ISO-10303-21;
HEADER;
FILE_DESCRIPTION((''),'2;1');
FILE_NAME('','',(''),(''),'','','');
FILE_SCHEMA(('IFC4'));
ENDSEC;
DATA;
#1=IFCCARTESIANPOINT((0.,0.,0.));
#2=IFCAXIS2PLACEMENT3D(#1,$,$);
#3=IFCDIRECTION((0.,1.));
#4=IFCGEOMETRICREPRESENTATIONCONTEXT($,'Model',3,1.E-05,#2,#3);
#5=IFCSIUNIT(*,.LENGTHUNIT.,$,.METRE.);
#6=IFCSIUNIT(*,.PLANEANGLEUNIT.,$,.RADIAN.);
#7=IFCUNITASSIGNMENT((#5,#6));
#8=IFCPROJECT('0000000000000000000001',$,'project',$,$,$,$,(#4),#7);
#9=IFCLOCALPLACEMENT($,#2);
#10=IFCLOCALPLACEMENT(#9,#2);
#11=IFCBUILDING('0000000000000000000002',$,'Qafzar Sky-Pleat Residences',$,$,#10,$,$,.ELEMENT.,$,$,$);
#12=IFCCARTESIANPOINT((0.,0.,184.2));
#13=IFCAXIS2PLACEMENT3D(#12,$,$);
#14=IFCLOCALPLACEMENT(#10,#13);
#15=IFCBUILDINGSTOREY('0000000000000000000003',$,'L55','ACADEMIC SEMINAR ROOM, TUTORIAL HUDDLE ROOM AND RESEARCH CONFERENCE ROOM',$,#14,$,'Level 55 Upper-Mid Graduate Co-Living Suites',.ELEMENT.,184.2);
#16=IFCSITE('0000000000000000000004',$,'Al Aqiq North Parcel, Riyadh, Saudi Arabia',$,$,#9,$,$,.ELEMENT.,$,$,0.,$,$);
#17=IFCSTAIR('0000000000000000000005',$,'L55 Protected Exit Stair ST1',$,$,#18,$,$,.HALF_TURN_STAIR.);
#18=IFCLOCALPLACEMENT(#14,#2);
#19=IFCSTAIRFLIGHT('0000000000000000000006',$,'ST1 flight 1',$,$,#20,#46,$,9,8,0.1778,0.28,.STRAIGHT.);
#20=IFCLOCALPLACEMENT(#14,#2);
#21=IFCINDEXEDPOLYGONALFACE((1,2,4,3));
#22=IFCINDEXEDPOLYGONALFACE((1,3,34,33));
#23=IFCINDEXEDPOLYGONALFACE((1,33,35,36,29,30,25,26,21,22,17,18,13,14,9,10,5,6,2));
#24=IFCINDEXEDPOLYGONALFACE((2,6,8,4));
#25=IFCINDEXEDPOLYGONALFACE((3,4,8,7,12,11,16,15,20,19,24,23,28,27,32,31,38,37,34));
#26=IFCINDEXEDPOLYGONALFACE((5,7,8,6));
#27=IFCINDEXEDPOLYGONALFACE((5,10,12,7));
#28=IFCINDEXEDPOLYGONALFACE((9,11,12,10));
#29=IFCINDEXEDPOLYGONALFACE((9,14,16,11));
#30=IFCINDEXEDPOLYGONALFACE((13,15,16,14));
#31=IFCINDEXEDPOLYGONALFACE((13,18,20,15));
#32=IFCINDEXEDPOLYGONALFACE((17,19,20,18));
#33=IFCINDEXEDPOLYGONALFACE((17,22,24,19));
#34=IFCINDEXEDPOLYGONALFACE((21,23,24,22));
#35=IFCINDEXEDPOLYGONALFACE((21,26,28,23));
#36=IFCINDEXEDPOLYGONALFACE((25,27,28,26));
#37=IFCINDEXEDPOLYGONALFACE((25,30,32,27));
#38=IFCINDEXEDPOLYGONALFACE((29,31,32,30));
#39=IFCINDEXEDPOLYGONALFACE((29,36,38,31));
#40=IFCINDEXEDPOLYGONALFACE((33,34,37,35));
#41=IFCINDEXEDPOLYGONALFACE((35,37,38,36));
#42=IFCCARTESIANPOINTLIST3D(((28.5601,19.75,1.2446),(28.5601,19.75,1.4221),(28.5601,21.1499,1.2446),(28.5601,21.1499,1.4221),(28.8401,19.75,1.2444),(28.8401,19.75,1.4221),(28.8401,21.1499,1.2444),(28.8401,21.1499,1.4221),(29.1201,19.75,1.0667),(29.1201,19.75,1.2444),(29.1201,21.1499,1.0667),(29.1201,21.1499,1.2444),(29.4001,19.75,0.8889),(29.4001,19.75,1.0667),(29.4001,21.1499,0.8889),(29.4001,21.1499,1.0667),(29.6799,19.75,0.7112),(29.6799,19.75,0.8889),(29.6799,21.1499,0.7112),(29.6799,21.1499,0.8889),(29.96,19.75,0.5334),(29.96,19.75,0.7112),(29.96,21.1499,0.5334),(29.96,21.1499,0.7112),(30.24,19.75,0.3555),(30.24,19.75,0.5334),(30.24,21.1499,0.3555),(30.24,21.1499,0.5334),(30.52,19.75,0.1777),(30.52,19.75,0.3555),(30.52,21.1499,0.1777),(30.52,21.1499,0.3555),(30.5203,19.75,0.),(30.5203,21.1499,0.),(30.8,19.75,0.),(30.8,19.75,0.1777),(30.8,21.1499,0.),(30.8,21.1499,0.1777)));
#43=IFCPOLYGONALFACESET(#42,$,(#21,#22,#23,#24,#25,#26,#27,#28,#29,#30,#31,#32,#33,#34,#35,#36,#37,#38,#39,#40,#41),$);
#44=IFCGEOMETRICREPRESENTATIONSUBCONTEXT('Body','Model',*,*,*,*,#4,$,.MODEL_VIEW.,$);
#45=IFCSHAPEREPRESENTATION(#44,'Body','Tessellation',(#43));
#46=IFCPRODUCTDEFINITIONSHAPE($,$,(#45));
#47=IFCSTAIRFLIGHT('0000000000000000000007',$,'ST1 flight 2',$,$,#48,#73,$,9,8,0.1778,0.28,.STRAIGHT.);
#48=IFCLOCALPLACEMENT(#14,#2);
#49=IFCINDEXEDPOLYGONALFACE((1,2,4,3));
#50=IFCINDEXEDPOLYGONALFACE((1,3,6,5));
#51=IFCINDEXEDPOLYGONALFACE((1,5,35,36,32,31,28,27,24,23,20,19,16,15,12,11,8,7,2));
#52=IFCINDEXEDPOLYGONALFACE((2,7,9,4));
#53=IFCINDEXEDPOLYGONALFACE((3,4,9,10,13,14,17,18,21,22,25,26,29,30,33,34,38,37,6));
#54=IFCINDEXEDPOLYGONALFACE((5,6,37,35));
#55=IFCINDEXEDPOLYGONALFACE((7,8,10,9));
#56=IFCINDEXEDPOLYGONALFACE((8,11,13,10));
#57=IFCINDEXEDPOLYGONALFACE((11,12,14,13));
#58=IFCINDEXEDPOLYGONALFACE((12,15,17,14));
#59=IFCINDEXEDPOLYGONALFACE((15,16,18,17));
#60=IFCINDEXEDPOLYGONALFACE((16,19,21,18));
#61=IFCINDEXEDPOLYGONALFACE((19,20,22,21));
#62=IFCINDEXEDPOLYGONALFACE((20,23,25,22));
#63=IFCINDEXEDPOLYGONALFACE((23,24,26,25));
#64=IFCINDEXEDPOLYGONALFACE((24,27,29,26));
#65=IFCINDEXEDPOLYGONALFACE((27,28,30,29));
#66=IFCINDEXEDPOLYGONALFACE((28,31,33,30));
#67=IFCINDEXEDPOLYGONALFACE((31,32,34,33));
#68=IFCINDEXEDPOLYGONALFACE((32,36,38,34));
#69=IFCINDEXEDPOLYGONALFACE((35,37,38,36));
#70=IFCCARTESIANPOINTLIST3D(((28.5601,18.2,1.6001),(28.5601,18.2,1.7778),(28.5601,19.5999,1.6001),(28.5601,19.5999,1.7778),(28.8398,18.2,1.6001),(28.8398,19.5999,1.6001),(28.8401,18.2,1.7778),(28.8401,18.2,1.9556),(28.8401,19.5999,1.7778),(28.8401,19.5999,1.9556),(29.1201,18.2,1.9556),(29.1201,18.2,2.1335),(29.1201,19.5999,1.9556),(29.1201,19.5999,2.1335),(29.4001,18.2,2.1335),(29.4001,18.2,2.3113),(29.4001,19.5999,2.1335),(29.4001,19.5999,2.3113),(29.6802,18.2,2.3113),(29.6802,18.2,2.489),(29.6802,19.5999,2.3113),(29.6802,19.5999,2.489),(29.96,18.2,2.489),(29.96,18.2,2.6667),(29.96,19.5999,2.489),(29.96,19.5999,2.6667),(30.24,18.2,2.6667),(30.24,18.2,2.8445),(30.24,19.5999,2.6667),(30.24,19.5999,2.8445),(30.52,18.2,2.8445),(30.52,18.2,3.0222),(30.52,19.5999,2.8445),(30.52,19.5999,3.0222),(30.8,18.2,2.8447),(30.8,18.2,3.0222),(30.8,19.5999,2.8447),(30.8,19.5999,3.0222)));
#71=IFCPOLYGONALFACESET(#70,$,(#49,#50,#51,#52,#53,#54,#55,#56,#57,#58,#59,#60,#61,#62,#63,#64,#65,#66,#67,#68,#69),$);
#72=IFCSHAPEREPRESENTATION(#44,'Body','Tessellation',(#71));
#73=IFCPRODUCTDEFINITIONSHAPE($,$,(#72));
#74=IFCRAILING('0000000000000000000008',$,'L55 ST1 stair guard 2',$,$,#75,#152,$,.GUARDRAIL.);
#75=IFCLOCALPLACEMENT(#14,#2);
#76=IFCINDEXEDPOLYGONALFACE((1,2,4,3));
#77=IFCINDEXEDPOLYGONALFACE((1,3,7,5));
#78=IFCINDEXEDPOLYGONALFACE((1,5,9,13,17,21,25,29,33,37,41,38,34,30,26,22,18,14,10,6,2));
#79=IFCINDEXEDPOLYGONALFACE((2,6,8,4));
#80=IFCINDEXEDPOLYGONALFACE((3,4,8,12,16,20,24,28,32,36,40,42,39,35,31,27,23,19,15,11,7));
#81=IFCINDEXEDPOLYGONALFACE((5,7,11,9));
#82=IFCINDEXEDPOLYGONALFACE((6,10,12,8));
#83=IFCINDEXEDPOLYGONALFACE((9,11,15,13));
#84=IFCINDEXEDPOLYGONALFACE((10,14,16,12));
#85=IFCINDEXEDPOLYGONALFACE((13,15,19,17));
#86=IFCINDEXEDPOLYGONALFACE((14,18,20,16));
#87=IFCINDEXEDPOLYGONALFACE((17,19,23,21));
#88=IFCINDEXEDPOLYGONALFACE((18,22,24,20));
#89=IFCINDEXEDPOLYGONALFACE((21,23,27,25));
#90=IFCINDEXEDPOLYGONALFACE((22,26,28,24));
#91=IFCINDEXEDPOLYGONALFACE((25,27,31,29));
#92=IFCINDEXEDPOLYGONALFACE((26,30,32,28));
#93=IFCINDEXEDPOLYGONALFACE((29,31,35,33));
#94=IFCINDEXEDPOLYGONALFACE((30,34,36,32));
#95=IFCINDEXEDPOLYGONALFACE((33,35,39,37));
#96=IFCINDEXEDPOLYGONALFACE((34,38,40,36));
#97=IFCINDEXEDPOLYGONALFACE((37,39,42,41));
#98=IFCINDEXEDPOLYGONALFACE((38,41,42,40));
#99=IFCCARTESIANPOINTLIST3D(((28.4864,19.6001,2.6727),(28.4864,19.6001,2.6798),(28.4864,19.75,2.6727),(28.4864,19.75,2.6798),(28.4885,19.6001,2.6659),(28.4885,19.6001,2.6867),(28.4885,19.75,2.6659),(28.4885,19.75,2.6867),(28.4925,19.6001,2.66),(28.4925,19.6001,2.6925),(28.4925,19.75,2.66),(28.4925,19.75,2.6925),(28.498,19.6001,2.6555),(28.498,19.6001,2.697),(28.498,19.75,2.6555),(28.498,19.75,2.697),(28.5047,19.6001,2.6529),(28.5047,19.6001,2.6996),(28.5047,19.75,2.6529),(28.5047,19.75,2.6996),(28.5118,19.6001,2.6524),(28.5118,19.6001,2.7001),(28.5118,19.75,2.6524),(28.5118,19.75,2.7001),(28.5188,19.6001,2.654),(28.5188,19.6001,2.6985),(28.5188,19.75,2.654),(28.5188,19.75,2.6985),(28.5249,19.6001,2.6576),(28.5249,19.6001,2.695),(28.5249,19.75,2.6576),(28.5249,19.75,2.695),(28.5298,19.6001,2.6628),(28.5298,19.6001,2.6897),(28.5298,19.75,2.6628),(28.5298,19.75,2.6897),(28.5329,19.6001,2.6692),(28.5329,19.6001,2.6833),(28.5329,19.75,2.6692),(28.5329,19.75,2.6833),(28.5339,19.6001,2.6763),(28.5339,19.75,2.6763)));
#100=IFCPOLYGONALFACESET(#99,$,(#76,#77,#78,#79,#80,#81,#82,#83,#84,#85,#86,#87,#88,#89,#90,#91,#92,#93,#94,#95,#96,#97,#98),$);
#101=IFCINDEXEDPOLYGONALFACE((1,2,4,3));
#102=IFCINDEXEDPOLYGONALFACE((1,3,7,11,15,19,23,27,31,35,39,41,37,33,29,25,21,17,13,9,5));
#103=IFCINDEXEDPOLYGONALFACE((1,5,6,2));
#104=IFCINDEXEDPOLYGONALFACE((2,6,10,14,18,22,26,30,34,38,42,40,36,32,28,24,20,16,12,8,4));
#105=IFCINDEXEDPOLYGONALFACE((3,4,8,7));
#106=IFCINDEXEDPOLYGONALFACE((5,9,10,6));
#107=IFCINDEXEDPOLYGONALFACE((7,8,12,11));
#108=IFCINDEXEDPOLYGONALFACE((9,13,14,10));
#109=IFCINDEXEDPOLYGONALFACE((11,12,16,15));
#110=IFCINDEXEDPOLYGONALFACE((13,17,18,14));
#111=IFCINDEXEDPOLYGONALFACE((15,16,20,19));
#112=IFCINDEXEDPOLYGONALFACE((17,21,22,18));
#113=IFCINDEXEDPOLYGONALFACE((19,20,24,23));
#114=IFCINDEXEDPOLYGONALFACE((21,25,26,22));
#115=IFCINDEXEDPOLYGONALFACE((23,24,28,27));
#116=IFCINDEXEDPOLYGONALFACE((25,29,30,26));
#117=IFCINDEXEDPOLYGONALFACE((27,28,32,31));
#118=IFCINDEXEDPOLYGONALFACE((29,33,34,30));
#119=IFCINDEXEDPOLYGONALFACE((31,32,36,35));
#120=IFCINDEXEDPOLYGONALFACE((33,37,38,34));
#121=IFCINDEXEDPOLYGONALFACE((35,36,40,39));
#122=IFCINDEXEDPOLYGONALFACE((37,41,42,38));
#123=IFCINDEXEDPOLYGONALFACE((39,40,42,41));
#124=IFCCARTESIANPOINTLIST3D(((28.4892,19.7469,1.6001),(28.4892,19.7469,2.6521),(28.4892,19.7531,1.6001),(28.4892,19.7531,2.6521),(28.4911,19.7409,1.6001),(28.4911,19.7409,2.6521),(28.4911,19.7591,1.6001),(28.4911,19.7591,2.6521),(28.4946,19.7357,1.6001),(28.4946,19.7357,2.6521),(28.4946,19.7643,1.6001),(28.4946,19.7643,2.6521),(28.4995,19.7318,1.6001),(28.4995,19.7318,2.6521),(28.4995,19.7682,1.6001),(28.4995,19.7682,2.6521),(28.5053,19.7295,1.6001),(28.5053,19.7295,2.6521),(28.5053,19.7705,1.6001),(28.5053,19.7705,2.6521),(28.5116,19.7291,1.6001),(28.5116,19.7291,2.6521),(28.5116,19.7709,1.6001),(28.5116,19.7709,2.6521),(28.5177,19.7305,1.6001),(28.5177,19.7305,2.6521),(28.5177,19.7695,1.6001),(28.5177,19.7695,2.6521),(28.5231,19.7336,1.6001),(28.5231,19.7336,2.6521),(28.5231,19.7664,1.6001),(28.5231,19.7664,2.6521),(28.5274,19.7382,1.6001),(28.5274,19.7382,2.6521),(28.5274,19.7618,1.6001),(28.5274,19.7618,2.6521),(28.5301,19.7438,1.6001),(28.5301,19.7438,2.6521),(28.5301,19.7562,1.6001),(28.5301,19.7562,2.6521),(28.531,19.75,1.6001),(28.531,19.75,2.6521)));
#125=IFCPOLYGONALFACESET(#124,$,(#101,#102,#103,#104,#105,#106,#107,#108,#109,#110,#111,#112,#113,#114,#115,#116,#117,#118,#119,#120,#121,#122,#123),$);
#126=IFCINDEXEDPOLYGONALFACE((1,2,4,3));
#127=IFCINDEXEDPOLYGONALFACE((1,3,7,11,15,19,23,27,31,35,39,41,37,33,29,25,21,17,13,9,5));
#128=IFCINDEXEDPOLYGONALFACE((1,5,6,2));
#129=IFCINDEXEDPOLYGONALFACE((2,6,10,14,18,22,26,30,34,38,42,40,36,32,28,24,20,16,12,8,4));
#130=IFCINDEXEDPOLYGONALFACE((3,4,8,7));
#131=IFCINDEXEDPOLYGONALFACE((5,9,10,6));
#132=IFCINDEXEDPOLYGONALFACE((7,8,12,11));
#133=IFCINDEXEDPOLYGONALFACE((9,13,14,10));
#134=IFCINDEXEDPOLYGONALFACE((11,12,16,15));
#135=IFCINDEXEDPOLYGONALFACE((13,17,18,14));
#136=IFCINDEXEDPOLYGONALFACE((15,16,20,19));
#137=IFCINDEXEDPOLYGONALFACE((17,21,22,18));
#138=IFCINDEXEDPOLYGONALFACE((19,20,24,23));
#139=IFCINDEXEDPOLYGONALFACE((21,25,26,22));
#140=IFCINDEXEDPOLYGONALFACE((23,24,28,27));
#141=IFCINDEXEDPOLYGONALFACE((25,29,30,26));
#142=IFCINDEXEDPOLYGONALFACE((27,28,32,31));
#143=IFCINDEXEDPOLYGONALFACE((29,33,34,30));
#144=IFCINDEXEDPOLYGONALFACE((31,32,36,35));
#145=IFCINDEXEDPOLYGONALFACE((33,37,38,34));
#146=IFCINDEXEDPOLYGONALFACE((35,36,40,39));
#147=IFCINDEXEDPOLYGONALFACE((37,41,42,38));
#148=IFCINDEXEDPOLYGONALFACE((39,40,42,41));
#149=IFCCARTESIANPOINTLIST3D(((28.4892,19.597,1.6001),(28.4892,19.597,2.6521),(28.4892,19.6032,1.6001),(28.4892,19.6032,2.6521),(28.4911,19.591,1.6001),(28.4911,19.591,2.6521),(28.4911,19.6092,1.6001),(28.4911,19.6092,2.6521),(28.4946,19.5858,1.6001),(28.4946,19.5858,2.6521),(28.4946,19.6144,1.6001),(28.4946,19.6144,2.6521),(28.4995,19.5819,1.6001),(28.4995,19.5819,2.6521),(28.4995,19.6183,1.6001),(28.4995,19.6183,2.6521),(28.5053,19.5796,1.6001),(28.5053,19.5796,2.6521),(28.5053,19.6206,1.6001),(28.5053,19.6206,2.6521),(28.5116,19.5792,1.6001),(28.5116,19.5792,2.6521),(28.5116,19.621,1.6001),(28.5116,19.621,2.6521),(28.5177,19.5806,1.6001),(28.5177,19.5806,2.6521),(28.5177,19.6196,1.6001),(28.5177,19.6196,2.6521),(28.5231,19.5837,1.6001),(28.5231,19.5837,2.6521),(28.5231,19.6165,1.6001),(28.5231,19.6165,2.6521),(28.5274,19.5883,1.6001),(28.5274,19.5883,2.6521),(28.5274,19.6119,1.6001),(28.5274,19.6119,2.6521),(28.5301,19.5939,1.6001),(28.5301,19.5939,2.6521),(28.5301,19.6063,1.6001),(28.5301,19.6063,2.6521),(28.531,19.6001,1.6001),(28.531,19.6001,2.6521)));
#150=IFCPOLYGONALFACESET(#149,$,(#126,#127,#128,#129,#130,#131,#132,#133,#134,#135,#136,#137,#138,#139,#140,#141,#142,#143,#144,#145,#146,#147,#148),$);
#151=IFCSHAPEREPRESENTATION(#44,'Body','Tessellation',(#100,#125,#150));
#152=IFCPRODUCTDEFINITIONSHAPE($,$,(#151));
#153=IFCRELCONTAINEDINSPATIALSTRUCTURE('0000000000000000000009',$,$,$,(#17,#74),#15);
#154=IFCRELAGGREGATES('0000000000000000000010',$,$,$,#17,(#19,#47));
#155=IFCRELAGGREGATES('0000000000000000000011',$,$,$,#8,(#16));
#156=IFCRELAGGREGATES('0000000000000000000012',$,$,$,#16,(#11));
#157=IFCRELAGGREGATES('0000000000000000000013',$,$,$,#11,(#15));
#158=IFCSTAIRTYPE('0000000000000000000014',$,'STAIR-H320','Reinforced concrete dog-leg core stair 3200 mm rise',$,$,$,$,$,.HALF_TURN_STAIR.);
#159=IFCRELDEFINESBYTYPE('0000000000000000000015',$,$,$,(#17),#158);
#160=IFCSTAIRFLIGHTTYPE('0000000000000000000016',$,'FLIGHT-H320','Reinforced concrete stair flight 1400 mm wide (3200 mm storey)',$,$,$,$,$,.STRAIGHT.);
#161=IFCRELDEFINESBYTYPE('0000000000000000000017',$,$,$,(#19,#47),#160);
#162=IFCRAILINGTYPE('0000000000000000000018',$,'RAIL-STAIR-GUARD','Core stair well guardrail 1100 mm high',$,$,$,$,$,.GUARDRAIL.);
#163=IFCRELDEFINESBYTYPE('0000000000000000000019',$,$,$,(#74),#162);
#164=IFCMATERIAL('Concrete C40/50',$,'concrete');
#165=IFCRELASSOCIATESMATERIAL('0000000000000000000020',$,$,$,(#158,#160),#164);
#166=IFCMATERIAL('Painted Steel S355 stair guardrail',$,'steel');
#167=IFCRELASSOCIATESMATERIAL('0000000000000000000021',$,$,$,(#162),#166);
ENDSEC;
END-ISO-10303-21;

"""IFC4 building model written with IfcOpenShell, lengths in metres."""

from ifc_helpers import new_model, si_unit, direction, frame, origin, origin_2d, place, context, subcontext, project, spatial, polyline, circle, outline, extrude, source, transform, mapped, material, type_object, element, aggregate, save


model = new_model("IFC4")

# Units and contexts
model_context = context("Model", 3, precision=1e-05, world=origin(), true_north=direction((0.0, 1.0)))
body_context = subcontext(model_context, "Body", "Model", "MODEL_VIEW")
ifc_project = project(units=[si_unit("LENGTHUNIT", "METRE"), si_unit("PLANEANGLEUNIT", "RADIAN")], contexts=[model_context])

# Site, building, storey
site_placement = place(None, origin())
site = spatial("IfcSite", under=ifc_project, at=site_placement, Name="Al Aqiq North Parcel, Riyadh, Saudi Arabia", CompositionType="ELEMENT", RefElevation=0.0)
building_placement = place(site_placement, origin())
building = spatial("IfcBuilding", under=site, at=building_placement, Name="Qafzar Sky-Pleat Residences", CompositionType="ELEMENT")
storey_placement = place(building_placement, frame((0.0, 0.0, 184.2)))
storey = spatial("IfcBuildingStorey", under=building, at=storey_placement, Name="L55", Description="ACADEMIC SEMINAR ROOM, TUTORIAL HUDDLE ROOM AND RESEARCH CONFERENCE ROOM", LongName="Level 55 Upper-Mid Graduate Co-Living Suites", CompositionType="ELEMENT", Elevation=184.2)

# Stair, stair flights
ifc_material_1 = material(Name="Concrete C40/50", Category="concrete")
stair_type = type_object("IfcStairType", Name="STAIR-H320", Description="Reinforced concrete dog-leg core stair 3200 mm rise", PredefinedType="HALF_TURN_STAIR", material=ifc_material_1)
stair_placement = place(storey_placement, origin())
stair = element("IfcStair", 1, at=stair_placement, inside=storey, type_object=stair_type, Name="L55 Protected Exit Stair ST1", PredefinedType="HALF_TURN_STAIR")
stair_flight_type = type_object("IfcStairFlightType", Name="FLIGHT-H320", Description="Reinforced concrete stair flight 1400 mm wide (3200 mm storey)", PredefinedType="STRAIGHT", material=ifc_material_1)
shared_shape_1 = source(origin(), body_context, "Body", "SweptSolid", [
    extrude(outline(polyline([(0.0, 0.0), (0.0, 0.1777), (0.28, 0.1777), (0.28, 0.3555), (0.5601, 0.3555), (0.5601, 0.5334), (0.8401, 0.5334), (0.8401, 0.7112), (1.1201, 0.7112), (1.1201, 0.8889), (1.3999, 0.8889), (1.3999, 1.0667), (1.6799, 1.0667), (1.6799, 1.2444), (1.96, 1.2444), (1.96, 1.4221), (2.24, 1.4221), (2.24, 1.6001), (2.24, 1.2446), (0.2798, 0.0), (0.0, 0.0)])), frame((0.0, 0.7, 0.0), z_axis=(0.0, -1.0, 0.0), x_axis=(1.0, 0.0, 0.0)), (0.0, 0.0, 1.0), 1.3999),
])
stair_flight_1_placement = place(storey_placement, frame((30.8, 20.45, 0.0), z_axis=(0.0, 0.0, 1.0), x_axis=(-1.0, 0.0, 0.0)))
stair_flight_1 = element("IfcStairFlight", 2, at=stair_flight_1_placement, type_object=stair_flight_type, Name="ST1 flight 1", NumberOfRisers=9, NumberOfTreads=8, PredefinedType="STRAIGHT", RiserHeight=0.1778, TreadLength=0.28, context=body_context, shape_type="MappedRepresentation", body=[
    mapped(shared_shape_1, transform((0.0, 0.0, 0.0), x_axis=(1.0, 0.0, 0.0), y_axis=(0.0, 1.0, 0.0), z_axis=(0.0, 0.0, 1.0), scale=1.0)),
])
stair_flight_2_placement = place(storey_placement, frame((28.5601, 18.8999, 1.6001), z_axis=(0.0, 0.0, 1.0), x_axis=(1.0, 0.0, 0.0)))
stair_flight_2 = element("IfcStairFlight", 3, at=stair_flight_2_placement, type_object=stair_flight_type, Name="ST1 flight 2", NumberOfRisers=9, NumberOfTreads=8, PredefinedType="STRAIGHT", RiserHeight=0.1778, TreadLength=0.28, context=body_context, shape_type="MappedRepresentation", body=[
    mapped(shared_shape_1, transform((0.0, 0.0, 0.0), x_axis=(1.0, 0.0, 0.0), y_axis=(0.0, 1.0, 0.0), z_axis=(0.0, 0.0, 1.0), scale=1.0)),
])
aggregate(stair, [stair_flight_1, stair_flight_2])

# Railing
ifc_material_2 = material(Name="Painted Steel S355 stair guardrail", Category="steel")
railing_type_1 = type_object("IfcRailingType", Name="RAIL-STAIR-GUARD", Description="Core stair well guardrail 1100 mm high", PredefinedType="GUARDRAIL", material=ifc_material_2)
shared_shape_2 = source(origin(), body_context, "Body", "SweptSolid", [
    extrude(circle(Radius=0.0239, at=origin_2d()), frame((0.0, 0.0, 1.0762), z_axis=(0.0, -1.0, 0.0), x_axis=(1.0, 0.0, 0.0)), (0.0, 0.0, 1.0), 0.1499),
    extrude(circle(Radius=0.021, at=origin_2d()), origin(), (0.0, 0.0, 1.0), 1.052),
    extrude(circle(Radius=0.021, at=origin_2d()), frame((0.0, -0.1499, 0.0)), (0.0, 0.0, 1.0), 1.052),
])
for number, where, name in (
    (4, (28.51, 19.75, 1.6001), "L55 ST1 stair guard 2"),
):
    element("IfcRailing", number, at=place(storey_placement, frame(where)), inside=storey, type_object=railing_type_1, Name=name, PredefinedType="GUARDRAIL", context=body_context, shape_type="MappedRepresentation", body=[
        mapped(shared_shape_2, transform((0.0, 0.0, 0.0), x_axis=(1.0, 0.0, 0.0), y_axis=(0.0, 1.0, 0.0), z_axis=(0.0, 0.0, 1.0), scale=1.0)),
    ])

save(model, "model.ifc")
